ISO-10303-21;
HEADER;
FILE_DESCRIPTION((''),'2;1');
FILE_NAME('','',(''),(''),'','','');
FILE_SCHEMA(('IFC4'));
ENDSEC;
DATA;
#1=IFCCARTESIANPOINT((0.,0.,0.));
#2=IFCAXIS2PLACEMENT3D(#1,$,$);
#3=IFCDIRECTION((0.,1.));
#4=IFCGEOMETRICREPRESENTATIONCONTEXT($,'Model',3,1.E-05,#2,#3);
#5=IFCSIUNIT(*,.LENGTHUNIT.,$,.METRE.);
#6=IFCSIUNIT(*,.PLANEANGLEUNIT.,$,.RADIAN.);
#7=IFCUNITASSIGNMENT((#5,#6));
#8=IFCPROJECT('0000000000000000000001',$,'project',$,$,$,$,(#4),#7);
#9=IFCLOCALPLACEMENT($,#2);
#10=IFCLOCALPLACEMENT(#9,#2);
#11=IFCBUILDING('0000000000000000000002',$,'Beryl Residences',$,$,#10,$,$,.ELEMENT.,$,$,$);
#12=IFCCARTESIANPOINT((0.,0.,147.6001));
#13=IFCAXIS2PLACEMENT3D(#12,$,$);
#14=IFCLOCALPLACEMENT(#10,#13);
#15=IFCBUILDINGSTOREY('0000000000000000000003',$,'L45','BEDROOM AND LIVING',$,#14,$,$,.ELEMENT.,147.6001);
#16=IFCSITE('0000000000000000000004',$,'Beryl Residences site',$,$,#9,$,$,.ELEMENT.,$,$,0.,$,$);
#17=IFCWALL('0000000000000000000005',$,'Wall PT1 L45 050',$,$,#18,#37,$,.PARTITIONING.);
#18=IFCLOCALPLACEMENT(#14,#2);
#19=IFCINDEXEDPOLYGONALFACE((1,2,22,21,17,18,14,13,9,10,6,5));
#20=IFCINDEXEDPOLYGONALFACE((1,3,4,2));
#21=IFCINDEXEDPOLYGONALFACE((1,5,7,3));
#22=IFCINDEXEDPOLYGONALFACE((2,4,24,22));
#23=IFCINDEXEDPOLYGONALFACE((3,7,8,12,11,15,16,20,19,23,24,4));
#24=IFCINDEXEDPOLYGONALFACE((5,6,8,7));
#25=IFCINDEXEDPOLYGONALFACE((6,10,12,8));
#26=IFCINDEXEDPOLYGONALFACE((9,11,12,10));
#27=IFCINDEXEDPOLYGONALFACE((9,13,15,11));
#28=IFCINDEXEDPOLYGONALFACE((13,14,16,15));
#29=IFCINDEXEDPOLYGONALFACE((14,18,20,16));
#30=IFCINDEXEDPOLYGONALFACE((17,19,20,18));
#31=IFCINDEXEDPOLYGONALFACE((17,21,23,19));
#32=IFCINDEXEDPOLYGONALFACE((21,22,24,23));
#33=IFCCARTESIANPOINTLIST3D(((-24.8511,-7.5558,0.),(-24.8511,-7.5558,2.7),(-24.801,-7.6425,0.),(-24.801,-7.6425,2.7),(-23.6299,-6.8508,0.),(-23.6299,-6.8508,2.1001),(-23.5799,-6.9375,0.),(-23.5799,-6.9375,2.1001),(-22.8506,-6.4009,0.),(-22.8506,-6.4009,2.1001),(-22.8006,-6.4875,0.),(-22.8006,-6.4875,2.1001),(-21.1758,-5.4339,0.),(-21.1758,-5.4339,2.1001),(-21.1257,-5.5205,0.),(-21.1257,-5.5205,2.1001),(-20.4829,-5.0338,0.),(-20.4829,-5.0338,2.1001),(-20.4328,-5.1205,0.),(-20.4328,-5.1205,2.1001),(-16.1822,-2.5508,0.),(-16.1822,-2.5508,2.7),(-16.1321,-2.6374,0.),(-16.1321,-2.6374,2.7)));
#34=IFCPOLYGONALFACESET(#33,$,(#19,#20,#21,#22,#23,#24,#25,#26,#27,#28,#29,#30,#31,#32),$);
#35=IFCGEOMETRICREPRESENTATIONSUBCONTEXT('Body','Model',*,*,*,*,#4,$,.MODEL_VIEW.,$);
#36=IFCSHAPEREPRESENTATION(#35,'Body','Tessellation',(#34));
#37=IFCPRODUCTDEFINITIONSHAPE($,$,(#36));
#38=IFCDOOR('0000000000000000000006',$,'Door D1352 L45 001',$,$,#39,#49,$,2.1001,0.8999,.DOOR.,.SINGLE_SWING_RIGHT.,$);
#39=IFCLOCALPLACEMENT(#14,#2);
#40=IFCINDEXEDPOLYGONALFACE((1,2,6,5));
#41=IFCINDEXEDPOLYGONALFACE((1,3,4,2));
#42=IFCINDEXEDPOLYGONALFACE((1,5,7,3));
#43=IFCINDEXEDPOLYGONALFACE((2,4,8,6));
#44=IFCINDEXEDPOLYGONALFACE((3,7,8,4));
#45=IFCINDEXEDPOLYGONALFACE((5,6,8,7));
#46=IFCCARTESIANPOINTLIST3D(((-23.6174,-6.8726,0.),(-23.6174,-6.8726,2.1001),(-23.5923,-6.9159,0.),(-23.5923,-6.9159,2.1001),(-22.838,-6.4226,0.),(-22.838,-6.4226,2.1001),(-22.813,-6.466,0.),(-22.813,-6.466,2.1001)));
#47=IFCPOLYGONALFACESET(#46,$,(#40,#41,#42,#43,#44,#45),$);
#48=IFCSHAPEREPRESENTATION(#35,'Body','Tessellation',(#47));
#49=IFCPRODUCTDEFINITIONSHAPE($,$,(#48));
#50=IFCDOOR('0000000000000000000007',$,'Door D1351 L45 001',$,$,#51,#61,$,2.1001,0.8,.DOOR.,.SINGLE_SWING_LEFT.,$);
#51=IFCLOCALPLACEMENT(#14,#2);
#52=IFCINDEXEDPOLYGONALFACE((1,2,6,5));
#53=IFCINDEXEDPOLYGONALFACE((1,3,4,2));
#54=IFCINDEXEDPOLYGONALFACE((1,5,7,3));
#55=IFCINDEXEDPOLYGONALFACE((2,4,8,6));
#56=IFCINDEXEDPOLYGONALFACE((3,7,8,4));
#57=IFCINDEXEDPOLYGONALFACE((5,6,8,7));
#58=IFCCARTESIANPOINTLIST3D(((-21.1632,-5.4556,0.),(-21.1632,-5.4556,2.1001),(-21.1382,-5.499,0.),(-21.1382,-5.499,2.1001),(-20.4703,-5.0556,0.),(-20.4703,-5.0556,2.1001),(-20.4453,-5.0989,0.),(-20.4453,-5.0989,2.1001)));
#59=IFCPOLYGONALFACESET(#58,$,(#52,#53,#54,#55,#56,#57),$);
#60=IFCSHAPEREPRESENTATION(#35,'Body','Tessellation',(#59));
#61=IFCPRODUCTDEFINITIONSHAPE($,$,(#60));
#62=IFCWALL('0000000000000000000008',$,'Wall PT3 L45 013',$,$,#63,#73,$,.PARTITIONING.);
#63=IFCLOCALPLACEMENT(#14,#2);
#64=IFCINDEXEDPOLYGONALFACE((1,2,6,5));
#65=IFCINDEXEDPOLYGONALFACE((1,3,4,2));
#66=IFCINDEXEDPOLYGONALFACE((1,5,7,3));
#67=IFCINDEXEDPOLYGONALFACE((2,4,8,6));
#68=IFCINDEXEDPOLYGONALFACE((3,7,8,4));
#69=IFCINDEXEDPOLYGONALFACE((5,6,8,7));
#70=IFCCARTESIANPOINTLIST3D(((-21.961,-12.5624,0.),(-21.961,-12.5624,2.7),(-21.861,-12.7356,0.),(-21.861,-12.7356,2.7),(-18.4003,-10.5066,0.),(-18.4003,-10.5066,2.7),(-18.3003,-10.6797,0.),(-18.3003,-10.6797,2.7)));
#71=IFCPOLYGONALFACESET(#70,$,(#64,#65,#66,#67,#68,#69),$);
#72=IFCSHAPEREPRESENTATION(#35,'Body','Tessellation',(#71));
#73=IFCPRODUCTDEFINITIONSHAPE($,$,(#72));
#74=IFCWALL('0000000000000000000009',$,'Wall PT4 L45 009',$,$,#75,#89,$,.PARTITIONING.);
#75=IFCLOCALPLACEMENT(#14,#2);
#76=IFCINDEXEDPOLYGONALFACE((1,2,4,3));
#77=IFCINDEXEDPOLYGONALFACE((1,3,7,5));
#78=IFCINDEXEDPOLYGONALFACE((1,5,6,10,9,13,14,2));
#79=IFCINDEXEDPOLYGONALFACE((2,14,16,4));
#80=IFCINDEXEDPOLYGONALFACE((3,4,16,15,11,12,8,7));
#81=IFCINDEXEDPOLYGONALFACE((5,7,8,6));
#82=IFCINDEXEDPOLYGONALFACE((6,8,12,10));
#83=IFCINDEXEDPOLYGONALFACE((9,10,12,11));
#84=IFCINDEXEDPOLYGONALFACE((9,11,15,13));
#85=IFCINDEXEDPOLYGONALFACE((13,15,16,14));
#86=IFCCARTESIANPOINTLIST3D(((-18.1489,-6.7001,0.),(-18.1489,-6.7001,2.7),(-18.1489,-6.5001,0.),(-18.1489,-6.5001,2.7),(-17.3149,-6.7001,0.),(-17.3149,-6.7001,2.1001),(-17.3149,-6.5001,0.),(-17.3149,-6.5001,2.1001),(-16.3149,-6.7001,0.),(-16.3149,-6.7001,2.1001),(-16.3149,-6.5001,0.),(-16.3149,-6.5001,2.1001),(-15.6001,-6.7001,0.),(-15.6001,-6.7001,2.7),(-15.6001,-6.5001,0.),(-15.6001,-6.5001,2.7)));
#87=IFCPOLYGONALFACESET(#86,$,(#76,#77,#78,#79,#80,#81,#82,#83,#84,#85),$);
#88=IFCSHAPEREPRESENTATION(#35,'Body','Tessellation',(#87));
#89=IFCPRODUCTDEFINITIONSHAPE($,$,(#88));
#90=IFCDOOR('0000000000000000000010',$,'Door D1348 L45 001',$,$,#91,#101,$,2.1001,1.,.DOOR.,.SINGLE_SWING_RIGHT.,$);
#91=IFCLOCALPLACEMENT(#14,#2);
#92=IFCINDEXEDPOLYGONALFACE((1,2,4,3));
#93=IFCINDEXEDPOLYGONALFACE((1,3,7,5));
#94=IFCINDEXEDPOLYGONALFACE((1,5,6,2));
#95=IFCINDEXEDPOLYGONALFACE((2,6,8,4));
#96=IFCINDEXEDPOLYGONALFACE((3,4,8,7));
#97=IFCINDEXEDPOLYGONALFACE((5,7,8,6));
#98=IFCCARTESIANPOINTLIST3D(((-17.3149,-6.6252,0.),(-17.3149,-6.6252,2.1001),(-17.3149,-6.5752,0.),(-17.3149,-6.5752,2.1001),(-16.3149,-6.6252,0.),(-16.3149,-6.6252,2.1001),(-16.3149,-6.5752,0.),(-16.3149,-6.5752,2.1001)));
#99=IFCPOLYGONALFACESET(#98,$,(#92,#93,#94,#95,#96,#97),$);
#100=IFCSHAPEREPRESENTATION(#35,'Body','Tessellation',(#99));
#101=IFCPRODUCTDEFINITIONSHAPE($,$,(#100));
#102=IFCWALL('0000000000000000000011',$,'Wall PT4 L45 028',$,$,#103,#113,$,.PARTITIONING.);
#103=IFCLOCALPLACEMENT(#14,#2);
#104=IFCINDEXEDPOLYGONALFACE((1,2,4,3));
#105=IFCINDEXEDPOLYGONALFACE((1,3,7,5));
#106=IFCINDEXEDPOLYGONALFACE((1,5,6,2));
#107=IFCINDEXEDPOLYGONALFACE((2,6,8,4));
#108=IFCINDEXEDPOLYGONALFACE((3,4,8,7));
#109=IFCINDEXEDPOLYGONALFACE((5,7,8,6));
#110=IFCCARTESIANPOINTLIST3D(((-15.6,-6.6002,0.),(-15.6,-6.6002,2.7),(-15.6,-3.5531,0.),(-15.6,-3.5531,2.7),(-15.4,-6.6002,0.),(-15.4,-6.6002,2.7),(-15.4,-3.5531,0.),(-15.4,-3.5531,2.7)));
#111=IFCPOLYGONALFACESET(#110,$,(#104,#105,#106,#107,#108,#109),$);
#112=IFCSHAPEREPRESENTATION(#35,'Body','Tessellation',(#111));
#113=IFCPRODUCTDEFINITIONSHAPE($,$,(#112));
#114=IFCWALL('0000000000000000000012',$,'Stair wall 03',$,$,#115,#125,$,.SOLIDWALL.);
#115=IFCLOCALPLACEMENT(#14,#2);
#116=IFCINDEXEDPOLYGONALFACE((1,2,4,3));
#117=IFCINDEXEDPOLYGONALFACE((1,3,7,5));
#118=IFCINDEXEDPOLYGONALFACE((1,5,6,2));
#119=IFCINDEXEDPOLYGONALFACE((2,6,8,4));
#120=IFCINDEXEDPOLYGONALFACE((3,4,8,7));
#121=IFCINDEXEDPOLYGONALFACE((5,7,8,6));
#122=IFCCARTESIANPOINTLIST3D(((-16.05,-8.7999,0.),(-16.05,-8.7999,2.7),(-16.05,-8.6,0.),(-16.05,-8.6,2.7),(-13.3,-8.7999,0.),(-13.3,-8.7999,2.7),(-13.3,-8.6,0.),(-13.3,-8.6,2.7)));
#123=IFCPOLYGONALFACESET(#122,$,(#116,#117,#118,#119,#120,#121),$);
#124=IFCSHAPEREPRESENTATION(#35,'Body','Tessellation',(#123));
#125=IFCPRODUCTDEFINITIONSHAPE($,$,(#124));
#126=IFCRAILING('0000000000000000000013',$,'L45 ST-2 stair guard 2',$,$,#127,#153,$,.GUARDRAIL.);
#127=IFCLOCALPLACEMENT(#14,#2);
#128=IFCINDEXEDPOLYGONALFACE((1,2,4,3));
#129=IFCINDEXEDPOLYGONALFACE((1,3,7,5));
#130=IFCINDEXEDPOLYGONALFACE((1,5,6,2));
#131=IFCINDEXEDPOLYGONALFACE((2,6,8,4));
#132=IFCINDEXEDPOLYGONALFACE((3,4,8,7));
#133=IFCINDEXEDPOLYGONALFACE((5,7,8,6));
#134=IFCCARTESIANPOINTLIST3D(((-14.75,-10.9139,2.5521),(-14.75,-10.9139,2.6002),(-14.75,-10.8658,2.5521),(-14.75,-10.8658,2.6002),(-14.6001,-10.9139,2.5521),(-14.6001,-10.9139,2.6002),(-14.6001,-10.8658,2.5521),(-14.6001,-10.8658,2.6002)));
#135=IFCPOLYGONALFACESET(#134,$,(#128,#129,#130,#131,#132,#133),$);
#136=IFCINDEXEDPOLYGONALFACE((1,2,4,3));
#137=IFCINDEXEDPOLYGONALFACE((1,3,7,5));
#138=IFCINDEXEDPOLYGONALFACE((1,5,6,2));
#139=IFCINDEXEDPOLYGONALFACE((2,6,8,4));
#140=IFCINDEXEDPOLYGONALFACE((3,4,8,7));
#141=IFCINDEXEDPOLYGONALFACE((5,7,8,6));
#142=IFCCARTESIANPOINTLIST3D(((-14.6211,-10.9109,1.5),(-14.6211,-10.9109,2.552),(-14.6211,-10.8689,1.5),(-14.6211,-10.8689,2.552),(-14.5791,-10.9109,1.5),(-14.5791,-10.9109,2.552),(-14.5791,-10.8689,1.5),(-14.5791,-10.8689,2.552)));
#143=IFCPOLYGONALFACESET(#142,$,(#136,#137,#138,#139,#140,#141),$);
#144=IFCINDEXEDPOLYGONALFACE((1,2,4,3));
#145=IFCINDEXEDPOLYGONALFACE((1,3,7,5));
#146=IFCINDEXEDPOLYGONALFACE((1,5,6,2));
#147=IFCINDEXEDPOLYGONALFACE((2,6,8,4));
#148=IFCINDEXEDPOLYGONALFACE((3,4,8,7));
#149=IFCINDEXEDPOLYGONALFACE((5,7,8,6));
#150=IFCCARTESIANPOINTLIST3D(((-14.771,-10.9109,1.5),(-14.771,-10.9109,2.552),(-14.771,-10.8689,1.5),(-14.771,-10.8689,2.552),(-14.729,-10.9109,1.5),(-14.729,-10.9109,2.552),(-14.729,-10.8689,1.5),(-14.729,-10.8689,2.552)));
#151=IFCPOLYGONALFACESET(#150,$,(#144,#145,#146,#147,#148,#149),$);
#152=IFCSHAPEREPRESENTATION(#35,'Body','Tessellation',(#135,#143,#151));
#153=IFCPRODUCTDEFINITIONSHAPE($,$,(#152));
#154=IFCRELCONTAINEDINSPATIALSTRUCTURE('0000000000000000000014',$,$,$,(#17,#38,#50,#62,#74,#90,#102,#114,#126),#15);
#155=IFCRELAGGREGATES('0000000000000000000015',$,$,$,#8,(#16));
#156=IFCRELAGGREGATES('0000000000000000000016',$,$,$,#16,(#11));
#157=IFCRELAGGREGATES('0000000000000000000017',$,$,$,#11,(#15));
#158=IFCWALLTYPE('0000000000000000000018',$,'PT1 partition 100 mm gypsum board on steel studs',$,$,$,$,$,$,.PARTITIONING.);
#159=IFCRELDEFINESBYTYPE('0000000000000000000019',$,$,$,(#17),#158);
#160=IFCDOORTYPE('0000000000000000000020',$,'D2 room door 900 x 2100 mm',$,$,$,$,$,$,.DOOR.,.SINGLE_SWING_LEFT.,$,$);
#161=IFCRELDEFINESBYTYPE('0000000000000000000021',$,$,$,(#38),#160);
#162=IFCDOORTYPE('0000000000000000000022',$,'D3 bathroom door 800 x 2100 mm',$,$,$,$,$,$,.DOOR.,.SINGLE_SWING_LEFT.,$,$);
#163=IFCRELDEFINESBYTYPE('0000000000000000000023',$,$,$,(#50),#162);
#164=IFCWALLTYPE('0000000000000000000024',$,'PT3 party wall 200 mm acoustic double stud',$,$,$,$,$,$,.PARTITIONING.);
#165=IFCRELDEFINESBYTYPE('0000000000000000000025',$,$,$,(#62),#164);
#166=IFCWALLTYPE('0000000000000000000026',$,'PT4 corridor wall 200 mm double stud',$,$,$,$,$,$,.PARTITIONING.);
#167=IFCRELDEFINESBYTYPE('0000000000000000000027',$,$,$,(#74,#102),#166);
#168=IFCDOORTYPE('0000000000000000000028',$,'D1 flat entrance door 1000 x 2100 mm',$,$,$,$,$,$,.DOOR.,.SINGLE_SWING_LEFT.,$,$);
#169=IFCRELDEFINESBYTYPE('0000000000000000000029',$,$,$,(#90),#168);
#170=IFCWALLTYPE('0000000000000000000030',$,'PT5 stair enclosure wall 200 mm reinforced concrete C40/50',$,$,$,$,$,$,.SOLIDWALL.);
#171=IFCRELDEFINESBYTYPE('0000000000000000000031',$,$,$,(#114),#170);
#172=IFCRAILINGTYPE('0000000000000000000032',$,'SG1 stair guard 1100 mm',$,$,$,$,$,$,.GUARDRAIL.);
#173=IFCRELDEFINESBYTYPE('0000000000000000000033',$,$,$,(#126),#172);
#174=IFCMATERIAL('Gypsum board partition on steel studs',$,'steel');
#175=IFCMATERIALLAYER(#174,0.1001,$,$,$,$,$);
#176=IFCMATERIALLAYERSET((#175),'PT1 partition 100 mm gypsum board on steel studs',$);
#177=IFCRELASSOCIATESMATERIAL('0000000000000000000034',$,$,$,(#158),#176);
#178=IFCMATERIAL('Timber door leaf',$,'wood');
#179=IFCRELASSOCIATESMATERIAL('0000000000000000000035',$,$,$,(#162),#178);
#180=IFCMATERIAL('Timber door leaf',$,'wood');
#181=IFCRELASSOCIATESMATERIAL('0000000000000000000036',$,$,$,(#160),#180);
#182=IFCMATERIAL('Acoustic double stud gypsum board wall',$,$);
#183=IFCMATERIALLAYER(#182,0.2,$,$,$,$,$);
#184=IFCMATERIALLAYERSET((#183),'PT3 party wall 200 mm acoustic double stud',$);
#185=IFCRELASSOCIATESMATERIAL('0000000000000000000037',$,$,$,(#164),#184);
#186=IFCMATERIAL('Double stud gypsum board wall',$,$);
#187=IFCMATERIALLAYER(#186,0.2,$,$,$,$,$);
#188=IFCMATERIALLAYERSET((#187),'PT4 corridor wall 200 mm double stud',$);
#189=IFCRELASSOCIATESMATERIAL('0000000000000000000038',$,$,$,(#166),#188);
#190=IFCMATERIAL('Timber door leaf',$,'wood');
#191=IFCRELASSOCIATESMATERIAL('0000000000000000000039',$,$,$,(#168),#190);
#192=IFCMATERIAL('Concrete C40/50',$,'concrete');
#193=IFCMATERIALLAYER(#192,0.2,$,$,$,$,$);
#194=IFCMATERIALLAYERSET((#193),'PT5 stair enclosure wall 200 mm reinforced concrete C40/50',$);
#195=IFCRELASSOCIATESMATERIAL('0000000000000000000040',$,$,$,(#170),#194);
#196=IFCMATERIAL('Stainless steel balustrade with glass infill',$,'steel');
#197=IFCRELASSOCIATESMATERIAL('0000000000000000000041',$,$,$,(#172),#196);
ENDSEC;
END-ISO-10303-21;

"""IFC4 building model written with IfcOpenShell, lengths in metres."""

from ifc_helpers import new_model, si_unit, direction, frame, frame_2d, origin, origin_2d, place, context, subcontext, project, spatial, rectangle, extrude, material, layer, layer_set, type_object, element, fill, save


model = new_model("IFC4")

# Units and contexts
model_context = context("Model", 3, precision=1e-05, world=origin(), true_north=direction((0.0, 1.0)))
body_context = subcontext(model_context, "Body", "Model", "MODEL_VIEW")
ifc_project = project(units=[si_unit("LENGTHUNIT", "METRE"), si_unit("PLANEANGLEUNIT", "RADIAN")], contexts=[model_context])

# Site, building, storey
site_placement = place(None, origin())
site = spatial("IfcSite", under=ifc_project, at=site_placement, Name="Beryl Residences site", CompositionType="ELEMENT", RefElevation=0.0)
building_placement = place(site_placement, origin())
building = spatial("IfcBuilding", under=site, at=building_placement, Name="Beryl Residences", CompositionType="ELEMENT")
storey_placement = place(building_placement, frame((0.0, 0.0, 147.6001)))
storey = spatial("IfcBuildingStorey", under=building, at=storey_placement, Name="L45", Description="BEDROOM AND LIVING", CompositionType="ELEMENT", Elevation=147.6001)

# Shared definitions
ifc_material_1 = material(Name="Gypsum board partition on steel studs", Category="steel")
ifc_layer_1 = layer(ifc_material_1, 0.1001)
ifc_layer_set_1 = layer_set([ifc_layer_1], Name="PT1 partition 100 mm gypsum board on steel studs")
wall_type_1 = type_object("IfcWallType", Name="PT1 partition 100 mm gypsum board on steel studs", PredefinedType="PARTITIONING", material=ifc_layer_set_1)
ifc_material_2 = material(Name="Timber door leaf", Category="wood")
door_type_1 = type_object("IfcDoorType", Name="D3 bathroom door 800 x 2100 mm", OperationType="SINGLE_SWING_LEFT", PredefinedType="DOOR", material=ifc_material_2)
ifc_material_3 = material(Name="Timber door leaf", Category="wood")
door_type_2 = type_object("IfcDoorType", Name="D2 room door 900 x 2100 mm", OperationType="SINGLE_SWING_LEFT", PredefinedType="DOOR", material=ifc_material_3)

# Wall, openings, doors
wall_1_placement = place(storey_placement, frame((-24.8259, -7.5991, 0.0), z_axis=(0.0, 0.0, 1.0), x_axis=(0.866021, 0.500008, 0.0)))
wall_1 = element("IfcWall", 1, at=wall_1_placement, inside=storey, type_object=wall_type_1, Name="Wall PT1 L45 050", PredefinedType="PARTITIONING", context=body_context, shape_type="SweptSolid", body=[
    extrude(rectangle(XDim=10.01, YDim=0.1001, at=frame_2d((5.0049, 0.0))), origin(), (0.0, 0.0, 1.0), 2.7),
])
opening_1_placement = place(wall_1_placement, frame((4.2439, 0.0, 0.0)))
opening_1 = element("IfcOpeningElement", 2, at=opening_1_placement, cuts=wall_1, PredefinedType="OPENING", context=body_context, shape_type="SweptSolid", body=[
    extrude(rectangle(XDim=0.8, YDim=2.1001, at=frame_2d((0.3999, 1.05))), frame((0.0, 0.0601, 0.0), z_axis=(0.0, -1.0, 0.0), x_axis=(1.0, 0.0, 0.0)), (0.0, 0.0, 1.0), 0.1201),
])
opening_2_placement = place(wall_1_placement, frame((1.4099, 0.0, 0.0)))
opening_2 = element("IfcOpeningElement", 3, at=opening_2_placement, cuts=wall_1, PredefinedType="OPENING", context=body_context, shape_type="SweptSolid", body=[
    extrude(rectangle(XDim=0.8999, YDim=2.1001, at=frame_2d((0.45, 1.05))), frame((0.0, 0.0601, 0.0), z_axis=(0.0, -1.0, 0.0), x_axis=(1.0, 0.0, 0.0)), (0.0, 0.0, 1.0), 0.1201),
])
door_1_placement = place(opening_2_placement, origin())
door_1 = element("IfcDoor", 4, at=door_1_placement, inside=storey, type_object=door_type_2, Name="Door D1352 L45 001", OperationType="SINGLE_SWING_RIGHT", OverallHeight=2.1001, OverallWidth=0.8999, PredefinedType="DOOR", context=body_context, shape_type="SweptSolid", body=[
    extrude(rectangle(XDim=0.8999, YDim=2.1001, at=frame_2d((0.45, 1.05))), frame((0.0, 0.0249, 0.0), z_axis=(0.0, -1.0, 0.0), x_axis=(1.0, 0.0, 0.0)), (0.0, 0.0, 1.0), 0.05),
])
fill(opening_2, door_1)
door_2_placement = place(opening_1_placement, origin())
door_2 = element("IfcDoor", 5, at=door_2_placement, inside=storey, type_object=door_type_1, Name="Door D1351 L45 001", OperationType="SINGLE_SWING_LEFT", OverallHeight=2.1001, OverallWidth=0.8, PredefinedType="DOOR", context=body_context, shape_type="SweptSolid", body=[
    extrude(rectangle(XDim=0.8, YDim=2.1001, at=frame_2d((0.3999, 1.05))), frame((0.0, 0.0249, 0.0), z_axis=(0.0, -1.0, 0.0), x_axis=(1.0, 0.0, 0.0)), (0.0, 0.0, 1.0), 0.05),
])
fill(opening_1, door_2)

# Wall
ifc_material_4 = material(Name="Acoustic double stud gypsum board wall")
ifc_layer_2 = layer(ifc_material_4, 0.2)
ifc_layer_set_2 = layer_set([ifc_layer_2], Name="PT3 party wall 200 mm acoustic double stud")
wall_type_2 = type_object("IfcWallType", Name="PT3 party wall 200 mm acoustic double stud", PredefinedType="PARTITIONING", material=ifc_layer_set_2)
wall_2_placement = place(storey_placement, frame((-21.9109, -12.6489, 0.0), z_axis=(0.0, 0.0, 1.0), x_axis=(0.866016, 0.500015, 0.0)))
element("IfcWall", 6, at=wall_2_placement, inside=storey, type_object=wall_type_2, Name="Wall PT3 L45 013", PredefinedType="PARTITIONING", context=body_context, shape_type="SweptSolid", body=[
    extrude(rectangle(XDim=4.1116, YDim=0.2, at=frame_2d((2.0557, 0.0))), origin(), (0.0, 0.0, 1.0), 2.7),
])

# Wall, opening, door
ifc_material_5 = material(Name="Double stud gypsum board wall")
ifc_layer_3 = layer(ifc_material_5, 0.2)
ifc_layer_set_3 = layer_set([ifc_layer_3], Name="PT4 corridor wall 200 mm double stud")
wall_type_3 = type_object("IfcWallType", Name="PT4 corridor wall 200 mm double stud", PredefinedType="PARTITIONING", material=ifc_layer_set_3)
wall_3_placement = place(storey_placement, frame((-18.1489, -6.6001, 0.0), z_axis=(0.0, 0.0, 1.0), x_axis=(1.0, 0.0, 0.0)))
wall_3 = element("IfcWall", 7, at=wall_3_placement, inside=storey, type_object=wall_type_3, Name="Wall PT4 L45 009", PredefinedType="PARTITIONING", context=body_context, shape_type="SweptSolid", body=[
    extrude(rectangle(XDim=2.5488, YDim=0.2, at=frame_2d((1.2744, 0.0))), origin(), (0.0, 0.0, 1.0), 2.7),
])
opening_3_placement = place(wall_3_placement, frame((0.834, 0.0, 0.0)))
opening_3 = element("IfcOpeningElement", 8, at=opening_3_placement, cuts=wall_3, PredefinedType="OPENING", context=body_context, shape_type="SweptSolid", body=[
    extrude(rectangle(XDim=1.0, YDim=2.1001, at=frame_2d((0.5, 1.05))), frame((0.0, 0.1099, 0.0), z_axis=(0.0, -1.0, 0.0), x_axis=(1.0, 0.0, 0.0)), (0.0, 0.0, 1.0), 0.22),
])
ifc_material_6 = material(Name="Timber door leaf", Category="wood")
door_type_3 = type_object("IfcDoorType", Name="D1 flat entrance door 1000 x 2100 mm", OperationType="SINGLE_SWING_LEFT", PredefinedType="DOOR", material=ifc_material_6)
door_3_placement = place(opening_3_placement, origin())
door_3 = element("IfcDoor", 9, at=door_3_placement, inside=storey, type_object=door_type_3, Name="Door D1348 L45 001", OperationType="SINGLE_SWING_RIGHT", OverallHeight=2.1001, OverallWidth=1.0, PredefinedType="DOOR", context=body_context, shape_type="SweptSolid", body=[
    extrude(rectangle(XDim=1.0, YDim=2.1001, at=frame_2d((0.5, 1.05))), frame((0.0, 0.0249, 0.0), z_axis=(0.0, -1.0, 0.0), x_axis=(1.0, 0.0, 0.0)), (0.0, 0.0, 1.0), 0.05),
])
fill(opening_3, door_3)

# Walls
wall_4_placement = place(storey_placement, frame((-15.5, -6.6001, 0.0), z_axis=(0.0, 0.0, 1.0), x_axis=(0.0, 1.0, 0.0)))
element("IfcWall", 10, at=wall_4_placement, inside=storey, type_object=wall_type_3, Name="Wall PT4 L45 028", PredefinedType="PARTITIONING", context=body_context, shape_type="SweptSolid", body=[
    extrude(rectangle(XDim=3.0471, YDim=0.2, at=frame_2d((1.5234, 0.0))), origin(), (0.0, 0.0, 1.0), 2.7),
])
ifc_material_7 = material(Name="Concrete C40/50", Category="concrete")
ifc_layer_4 = layer(ifc_material_7, 0.2)
ifc_layer_set_4 = layer_set([ifc_layer_4], Name="PT5 stair enclosure wall 200 mm reinforced concrete C40/50")
wall_type_4 = type_object("IfcWallType", Name="PT5 stair enclosure wall 200 mm reinforced concrete C40/50", PredefinedType="SOLIDWALL", material=ifc_layer_set_4)
wall_5_placement = place(storey_placement, frame((-16.05, -8.7, 0.0), z_axis=(0.0, 0.0, 1.0), x_axis=(1.0, 0.0, 0.0)))
element("IfcWall", 11, at=wall_5_placement, inside=storey, type_object=wall_type_4, Name="Stair wall 03", PredefinedType="SOLIDWALL", context=body_context, shape_type="SweptSolid", body=[
    extrude(rectangle(XDim=2.75, YDim=0.2, at=frame_2d((1.375, 0.0))), origin(), (0.0, 0.0, 1.0), 2.7),
])

# Railing
ifc_material_8 = material(Name="Stainless steel balustrade with glass infill", Category="steel")
railing_type_1 = type_object("IfcRailingType", Name="SG1 stair guard 1100 mm", PredefinedType="GUARDRAIL", material=ifc_material_8)
railing_1_placement = place(storey_placement, frame((-14.6001, -10.8899, 1.5)))
element("IfcRailing", 12, at=railing_1_placement, inside=storey, type_object=railing_type_1, Name="L45 ST-2 stair guard 2", PredefinedType="GUARDRAIL", context=body_context, shape_type="SweptSolid", body=[
    extrude(rectangle(XDim=0.0481, YDim=0.0481, at=origin_2d()), frame((0.0, 0.0, 1.0762), z_axis=(-1.0, 0.0, 0.0), x_axis=(0.0, -1.0, 0.0)), (0.0, 0.0, 1.0), 0.1499),
    extrude(rectangle(XDim=0.042, YDim=0.042, at=origin_2d()), origin(), (0.0, 0.0, 1.0), 1.052),
    extrude(rectangle(XDim=0.042, YDim=0.042, at=origin_2d()), frame((-0.1499, 0.0, 0.0)), (0.0, 0.0, 1.0), 1.052),
])

save(model, "model.ifc")
